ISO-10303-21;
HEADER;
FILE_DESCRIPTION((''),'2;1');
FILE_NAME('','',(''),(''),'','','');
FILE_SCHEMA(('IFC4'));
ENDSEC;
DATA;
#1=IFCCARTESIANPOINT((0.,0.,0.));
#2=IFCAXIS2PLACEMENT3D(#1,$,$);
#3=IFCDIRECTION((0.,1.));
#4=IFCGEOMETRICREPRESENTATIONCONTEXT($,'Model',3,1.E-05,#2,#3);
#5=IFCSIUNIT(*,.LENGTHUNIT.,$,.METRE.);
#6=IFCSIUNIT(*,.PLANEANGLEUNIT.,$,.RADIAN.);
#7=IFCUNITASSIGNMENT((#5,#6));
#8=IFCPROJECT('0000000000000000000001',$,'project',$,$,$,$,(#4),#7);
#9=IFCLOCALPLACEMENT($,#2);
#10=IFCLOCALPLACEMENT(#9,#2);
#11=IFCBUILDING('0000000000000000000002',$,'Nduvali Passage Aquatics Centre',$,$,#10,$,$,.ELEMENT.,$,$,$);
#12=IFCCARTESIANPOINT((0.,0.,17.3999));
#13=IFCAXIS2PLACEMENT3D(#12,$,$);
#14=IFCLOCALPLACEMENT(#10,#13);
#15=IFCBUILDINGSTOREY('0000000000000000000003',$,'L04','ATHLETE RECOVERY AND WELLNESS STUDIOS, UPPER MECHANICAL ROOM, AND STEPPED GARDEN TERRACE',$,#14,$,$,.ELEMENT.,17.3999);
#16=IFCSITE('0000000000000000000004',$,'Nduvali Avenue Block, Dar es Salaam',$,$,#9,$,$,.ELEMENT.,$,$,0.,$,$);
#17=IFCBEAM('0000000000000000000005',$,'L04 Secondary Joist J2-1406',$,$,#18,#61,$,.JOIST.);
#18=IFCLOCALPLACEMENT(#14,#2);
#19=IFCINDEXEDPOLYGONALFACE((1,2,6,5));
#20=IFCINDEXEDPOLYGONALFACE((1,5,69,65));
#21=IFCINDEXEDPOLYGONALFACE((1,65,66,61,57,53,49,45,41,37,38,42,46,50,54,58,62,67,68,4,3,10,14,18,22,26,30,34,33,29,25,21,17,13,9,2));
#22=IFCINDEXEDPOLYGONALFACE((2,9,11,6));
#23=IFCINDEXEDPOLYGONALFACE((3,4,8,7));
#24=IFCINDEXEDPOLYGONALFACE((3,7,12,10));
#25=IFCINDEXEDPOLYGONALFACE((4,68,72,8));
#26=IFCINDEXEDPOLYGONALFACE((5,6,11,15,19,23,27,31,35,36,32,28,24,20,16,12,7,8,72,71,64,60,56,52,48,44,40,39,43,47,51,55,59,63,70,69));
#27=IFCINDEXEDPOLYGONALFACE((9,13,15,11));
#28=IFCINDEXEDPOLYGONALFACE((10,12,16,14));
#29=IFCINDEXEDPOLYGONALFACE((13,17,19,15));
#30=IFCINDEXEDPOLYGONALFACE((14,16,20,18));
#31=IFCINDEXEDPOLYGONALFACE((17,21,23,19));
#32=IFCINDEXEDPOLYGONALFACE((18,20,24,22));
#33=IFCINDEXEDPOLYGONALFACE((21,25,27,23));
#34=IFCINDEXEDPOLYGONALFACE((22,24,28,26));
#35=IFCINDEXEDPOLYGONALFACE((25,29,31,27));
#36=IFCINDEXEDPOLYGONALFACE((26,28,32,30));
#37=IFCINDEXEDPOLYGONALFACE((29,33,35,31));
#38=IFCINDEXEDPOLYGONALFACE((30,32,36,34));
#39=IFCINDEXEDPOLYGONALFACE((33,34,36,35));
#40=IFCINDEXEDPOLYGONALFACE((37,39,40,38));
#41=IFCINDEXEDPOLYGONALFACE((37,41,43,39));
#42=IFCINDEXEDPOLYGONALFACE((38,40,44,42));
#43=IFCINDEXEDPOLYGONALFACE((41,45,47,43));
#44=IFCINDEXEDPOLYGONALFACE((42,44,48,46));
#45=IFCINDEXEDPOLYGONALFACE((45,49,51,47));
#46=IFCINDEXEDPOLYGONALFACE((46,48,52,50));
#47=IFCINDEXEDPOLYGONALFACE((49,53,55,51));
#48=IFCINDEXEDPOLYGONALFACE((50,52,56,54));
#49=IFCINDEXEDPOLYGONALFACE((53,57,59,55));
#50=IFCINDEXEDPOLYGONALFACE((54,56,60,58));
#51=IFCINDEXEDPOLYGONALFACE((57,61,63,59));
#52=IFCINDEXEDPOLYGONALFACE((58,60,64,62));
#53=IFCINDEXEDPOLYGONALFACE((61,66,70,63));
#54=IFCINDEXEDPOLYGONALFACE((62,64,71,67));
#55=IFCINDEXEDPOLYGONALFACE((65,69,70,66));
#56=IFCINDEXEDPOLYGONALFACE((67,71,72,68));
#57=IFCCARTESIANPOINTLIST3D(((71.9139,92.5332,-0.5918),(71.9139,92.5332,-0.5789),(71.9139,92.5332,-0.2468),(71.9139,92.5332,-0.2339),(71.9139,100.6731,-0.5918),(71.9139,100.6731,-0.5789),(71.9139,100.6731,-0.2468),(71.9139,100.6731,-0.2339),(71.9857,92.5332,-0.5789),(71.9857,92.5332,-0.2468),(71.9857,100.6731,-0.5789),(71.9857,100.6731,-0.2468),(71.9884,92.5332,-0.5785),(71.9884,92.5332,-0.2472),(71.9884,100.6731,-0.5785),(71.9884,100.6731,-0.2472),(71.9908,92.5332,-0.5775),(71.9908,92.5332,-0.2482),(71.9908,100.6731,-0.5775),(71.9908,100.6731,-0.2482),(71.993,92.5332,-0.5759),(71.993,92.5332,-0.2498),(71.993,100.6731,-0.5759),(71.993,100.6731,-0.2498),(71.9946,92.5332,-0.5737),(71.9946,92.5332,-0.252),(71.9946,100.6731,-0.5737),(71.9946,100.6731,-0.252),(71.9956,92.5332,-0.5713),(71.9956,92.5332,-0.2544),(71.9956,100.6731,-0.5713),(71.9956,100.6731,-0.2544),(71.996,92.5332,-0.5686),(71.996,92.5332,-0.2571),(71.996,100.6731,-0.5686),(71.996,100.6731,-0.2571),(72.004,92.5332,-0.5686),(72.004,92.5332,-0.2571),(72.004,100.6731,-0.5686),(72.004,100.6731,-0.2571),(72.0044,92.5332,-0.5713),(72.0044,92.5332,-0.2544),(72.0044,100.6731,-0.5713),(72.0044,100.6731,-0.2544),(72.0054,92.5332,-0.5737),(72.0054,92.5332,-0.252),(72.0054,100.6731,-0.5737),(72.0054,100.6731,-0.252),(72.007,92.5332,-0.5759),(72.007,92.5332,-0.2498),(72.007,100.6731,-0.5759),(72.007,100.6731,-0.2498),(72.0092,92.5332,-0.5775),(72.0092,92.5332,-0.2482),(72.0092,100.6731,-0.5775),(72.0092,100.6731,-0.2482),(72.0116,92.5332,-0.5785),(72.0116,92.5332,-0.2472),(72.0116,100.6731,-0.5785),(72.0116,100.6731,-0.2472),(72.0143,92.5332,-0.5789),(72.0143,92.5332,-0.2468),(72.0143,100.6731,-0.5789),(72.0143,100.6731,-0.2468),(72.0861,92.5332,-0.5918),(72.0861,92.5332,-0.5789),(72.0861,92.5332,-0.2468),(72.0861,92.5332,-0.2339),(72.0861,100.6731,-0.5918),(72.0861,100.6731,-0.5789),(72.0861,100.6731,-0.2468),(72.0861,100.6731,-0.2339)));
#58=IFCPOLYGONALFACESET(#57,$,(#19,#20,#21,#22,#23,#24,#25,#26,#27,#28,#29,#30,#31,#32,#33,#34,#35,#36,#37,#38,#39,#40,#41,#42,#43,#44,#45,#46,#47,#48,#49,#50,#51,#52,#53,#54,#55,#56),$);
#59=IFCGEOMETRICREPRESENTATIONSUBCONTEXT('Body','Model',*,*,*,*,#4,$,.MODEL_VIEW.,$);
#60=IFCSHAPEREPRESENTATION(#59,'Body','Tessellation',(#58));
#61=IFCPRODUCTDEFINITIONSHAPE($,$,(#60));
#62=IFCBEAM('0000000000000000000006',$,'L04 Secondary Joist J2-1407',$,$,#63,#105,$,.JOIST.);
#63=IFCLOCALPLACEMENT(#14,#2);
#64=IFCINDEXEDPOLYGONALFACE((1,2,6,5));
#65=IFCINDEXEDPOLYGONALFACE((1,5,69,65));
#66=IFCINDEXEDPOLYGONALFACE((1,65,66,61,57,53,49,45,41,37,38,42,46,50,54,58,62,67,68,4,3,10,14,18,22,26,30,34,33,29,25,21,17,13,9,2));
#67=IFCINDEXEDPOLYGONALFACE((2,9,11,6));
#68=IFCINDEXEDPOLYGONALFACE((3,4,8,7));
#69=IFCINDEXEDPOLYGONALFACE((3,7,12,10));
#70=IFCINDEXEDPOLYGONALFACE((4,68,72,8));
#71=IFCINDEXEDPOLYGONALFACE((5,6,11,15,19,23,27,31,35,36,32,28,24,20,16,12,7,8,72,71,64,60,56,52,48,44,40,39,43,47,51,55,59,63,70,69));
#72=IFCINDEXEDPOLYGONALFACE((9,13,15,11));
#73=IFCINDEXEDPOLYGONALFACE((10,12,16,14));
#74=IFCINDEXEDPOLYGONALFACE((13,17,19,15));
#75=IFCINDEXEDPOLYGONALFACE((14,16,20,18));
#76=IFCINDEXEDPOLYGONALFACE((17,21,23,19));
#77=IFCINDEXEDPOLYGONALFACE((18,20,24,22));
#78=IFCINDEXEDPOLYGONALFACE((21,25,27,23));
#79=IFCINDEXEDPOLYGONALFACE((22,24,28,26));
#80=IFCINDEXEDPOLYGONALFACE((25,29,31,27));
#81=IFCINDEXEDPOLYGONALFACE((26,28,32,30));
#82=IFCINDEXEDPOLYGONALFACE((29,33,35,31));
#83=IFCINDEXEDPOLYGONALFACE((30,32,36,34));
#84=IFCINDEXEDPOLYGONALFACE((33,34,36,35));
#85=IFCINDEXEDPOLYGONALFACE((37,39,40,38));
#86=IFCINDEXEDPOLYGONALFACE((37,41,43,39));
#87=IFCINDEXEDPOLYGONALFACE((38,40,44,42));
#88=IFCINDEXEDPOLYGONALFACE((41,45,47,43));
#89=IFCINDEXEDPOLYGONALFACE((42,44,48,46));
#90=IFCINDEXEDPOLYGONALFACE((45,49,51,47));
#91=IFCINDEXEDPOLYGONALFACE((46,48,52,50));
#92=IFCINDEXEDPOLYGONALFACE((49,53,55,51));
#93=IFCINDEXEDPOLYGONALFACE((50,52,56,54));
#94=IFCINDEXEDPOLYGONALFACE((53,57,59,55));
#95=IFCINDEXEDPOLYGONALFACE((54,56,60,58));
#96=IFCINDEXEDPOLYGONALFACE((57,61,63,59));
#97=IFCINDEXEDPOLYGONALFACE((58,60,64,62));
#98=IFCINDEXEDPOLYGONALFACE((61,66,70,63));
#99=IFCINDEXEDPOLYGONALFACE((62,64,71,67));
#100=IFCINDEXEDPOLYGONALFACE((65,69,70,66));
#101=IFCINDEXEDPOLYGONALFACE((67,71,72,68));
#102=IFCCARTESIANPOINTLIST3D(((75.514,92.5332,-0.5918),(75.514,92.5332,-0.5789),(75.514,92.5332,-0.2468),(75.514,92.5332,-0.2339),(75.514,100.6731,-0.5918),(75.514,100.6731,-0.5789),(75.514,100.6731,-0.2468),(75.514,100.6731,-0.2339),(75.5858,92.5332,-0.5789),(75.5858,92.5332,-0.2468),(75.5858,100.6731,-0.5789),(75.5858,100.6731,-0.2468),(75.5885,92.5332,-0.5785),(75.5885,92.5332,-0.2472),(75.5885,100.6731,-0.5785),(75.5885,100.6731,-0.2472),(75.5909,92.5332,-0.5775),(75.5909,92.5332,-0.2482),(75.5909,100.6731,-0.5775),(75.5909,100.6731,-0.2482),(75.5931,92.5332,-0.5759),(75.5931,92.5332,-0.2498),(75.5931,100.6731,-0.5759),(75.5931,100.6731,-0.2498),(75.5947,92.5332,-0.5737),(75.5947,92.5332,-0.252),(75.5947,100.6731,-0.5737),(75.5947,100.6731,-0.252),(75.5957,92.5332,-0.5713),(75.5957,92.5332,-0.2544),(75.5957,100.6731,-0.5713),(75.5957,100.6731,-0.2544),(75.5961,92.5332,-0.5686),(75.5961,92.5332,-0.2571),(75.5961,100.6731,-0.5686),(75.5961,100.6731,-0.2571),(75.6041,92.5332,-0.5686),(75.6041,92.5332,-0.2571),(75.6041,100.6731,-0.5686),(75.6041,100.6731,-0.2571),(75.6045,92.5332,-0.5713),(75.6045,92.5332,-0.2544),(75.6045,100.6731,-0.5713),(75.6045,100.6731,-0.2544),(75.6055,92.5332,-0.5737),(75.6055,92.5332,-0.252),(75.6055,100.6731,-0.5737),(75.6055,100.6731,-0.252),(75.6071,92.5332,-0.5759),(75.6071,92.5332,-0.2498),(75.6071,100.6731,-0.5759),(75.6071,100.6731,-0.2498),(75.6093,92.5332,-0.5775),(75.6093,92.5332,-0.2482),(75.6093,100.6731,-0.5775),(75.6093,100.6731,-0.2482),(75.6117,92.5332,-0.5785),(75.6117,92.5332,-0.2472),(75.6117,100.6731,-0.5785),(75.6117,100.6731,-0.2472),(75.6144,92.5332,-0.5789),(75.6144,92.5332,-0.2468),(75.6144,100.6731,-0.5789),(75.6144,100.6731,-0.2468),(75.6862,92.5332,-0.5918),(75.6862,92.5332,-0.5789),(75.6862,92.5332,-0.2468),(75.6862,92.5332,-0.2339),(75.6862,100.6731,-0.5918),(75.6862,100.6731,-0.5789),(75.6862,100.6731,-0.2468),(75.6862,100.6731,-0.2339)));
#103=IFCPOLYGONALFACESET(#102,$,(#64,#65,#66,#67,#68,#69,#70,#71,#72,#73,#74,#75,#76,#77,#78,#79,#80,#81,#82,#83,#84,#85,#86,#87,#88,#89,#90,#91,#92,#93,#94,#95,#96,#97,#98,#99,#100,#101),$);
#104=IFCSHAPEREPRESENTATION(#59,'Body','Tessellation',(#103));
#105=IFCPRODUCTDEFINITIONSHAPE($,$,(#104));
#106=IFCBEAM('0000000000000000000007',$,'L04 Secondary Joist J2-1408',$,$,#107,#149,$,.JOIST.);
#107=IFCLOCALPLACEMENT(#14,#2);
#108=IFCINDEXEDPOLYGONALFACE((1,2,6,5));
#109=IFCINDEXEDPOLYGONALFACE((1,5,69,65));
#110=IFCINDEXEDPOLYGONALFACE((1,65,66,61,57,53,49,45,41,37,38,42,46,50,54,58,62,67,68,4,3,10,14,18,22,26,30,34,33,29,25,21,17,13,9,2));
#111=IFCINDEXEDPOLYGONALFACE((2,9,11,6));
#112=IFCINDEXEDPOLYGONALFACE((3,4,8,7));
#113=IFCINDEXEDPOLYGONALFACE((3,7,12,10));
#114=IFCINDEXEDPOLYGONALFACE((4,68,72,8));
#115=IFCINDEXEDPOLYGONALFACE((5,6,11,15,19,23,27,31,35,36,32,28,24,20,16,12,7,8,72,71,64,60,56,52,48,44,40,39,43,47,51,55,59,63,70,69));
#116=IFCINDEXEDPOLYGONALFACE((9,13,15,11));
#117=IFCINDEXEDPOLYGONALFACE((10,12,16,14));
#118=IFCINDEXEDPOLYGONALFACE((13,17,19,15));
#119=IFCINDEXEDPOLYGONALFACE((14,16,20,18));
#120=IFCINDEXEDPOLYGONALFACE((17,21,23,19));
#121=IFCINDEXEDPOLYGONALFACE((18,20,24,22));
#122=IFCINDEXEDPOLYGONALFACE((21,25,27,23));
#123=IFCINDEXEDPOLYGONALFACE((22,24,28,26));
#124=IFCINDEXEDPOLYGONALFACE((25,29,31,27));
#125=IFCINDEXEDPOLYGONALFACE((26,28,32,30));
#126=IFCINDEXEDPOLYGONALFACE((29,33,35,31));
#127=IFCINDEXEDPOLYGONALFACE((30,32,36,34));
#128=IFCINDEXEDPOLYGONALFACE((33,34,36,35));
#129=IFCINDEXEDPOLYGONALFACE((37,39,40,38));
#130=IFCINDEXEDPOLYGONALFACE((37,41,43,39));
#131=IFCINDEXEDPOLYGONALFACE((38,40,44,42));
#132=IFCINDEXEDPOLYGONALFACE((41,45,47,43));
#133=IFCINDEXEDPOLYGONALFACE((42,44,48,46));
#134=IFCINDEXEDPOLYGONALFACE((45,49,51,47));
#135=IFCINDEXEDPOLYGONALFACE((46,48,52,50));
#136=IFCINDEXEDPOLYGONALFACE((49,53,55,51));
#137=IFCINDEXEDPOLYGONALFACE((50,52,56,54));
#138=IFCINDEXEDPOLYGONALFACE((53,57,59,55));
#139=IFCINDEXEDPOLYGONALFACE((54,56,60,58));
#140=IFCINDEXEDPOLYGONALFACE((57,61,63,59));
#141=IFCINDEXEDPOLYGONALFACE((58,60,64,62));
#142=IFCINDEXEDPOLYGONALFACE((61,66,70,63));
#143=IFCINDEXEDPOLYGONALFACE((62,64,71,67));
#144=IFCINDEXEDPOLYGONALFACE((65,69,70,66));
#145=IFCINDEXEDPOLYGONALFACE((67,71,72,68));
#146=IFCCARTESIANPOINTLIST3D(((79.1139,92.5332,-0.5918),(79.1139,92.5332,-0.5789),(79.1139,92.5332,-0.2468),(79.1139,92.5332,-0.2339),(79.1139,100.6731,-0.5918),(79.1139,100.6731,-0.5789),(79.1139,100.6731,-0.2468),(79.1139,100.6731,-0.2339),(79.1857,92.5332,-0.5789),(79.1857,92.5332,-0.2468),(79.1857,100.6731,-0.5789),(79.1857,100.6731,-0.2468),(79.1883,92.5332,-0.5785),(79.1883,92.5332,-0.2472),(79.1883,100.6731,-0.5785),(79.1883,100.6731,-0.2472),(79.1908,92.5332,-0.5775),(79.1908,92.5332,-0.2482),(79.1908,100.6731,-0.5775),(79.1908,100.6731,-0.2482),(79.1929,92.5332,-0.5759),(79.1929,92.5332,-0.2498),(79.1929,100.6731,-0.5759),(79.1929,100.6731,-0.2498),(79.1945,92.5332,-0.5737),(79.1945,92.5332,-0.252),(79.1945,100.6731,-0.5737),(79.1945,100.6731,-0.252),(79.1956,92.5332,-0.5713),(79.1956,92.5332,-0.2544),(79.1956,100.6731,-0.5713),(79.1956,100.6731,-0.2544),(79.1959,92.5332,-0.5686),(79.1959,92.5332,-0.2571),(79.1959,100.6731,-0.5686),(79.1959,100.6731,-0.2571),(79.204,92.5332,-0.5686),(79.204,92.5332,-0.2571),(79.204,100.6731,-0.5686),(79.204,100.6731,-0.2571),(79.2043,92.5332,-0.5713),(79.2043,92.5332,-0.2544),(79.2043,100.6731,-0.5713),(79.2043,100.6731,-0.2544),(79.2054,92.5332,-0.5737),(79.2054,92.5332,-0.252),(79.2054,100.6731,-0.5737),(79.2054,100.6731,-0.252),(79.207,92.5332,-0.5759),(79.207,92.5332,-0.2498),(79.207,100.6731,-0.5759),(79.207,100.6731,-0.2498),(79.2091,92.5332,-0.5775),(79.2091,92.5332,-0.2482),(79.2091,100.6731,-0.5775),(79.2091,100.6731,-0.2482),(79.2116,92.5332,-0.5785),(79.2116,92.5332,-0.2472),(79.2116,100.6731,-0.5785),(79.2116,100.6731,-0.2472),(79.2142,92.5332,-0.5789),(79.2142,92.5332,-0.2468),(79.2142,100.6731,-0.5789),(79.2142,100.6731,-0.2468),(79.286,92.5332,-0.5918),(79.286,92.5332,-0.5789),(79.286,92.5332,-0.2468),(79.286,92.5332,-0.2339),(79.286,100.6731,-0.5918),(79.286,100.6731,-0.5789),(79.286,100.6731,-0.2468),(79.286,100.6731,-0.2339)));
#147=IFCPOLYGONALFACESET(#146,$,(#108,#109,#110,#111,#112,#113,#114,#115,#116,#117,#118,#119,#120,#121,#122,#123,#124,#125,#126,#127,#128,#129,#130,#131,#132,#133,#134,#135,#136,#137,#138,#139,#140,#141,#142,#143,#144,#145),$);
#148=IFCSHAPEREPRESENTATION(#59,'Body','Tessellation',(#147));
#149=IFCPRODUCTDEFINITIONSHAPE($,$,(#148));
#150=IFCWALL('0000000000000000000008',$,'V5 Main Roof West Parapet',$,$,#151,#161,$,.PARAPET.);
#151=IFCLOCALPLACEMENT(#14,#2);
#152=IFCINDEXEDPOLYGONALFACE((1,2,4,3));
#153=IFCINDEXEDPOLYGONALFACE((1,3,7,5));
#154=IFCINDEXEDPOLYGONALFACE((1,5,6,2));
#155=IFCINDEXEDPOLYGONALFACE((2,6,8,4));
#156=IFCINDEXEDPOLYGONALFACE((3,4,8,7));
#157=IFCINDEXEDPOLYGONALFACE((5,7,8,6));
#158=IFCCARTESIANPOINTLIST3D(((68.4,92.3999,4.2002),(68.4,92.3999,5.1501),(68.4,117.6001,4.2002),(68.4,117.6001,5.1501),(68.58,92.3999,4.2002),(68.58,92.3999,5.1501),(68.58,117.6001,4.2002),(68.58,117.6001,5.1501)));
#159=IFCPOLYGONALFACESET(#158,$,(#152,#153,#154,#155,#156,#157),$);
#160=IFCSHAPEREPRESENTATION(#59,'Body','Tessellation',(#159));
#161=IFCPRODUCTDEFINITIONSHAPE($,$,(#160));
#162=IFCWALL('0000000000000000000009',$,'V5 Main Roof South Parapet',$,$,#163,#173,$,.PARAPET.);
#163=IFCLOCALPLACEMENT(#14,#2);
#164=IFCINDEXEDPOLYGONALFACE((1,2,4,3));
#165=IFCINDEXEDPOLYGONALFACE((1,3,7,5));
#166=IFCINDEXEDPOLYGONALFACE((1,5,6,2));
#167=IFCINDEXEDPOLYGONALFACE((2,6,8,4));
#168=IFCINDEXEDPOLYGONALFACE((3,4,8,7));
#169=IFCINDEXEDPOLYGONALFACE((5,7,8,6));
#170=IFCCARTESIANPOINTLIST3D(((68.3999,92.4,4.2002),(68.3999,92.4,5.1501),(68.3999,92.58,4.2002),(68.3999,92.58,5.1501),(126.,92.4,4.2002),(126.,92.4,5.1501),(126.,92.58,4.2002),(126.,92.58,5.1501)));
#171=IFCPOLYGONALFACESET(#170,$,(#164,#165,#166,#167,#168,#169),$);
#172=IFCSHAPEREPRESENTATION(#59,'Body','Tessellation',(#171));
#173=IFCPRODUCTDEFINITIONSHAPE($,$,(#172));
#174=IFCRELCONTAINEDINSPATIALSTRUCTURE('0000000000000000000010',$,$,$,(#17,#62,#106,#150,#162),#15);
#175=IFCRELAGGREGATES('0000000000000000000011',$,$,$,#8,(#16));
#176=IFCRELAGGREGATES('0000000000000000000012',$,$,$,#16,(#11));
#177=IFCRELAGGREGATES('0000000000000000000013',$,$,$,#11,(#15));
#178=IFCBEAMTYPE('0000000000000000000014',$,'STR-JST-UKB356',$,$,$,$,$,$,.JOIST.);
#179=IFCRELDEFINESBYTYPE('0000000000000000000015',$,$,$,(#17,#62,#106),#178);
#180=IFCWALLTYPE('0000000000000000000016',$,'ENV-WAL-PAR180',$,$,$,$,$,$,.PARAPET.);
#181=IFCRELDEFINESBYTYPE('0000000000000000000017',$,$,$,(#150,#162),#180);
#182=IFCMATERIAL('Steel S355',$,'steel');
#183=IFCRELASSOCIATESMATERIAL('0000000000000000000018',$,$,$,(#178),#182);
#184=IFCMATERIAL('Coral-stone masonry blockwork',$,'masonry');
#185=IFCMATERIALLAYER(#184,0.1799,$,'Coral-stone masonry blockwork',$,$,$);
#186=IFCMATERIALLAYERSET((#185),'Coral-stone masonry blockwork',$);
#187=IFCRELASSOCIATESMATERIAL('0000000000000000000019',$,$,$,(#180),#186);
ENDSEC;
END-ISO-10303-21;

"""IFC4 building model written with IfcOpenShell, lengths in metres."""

from ifc_helpers import new_model, si_unit, direction, frame, frame_2d, origin, origin_2d, place, context, subcontext, project, spatial, rectangle, i_section, extrude, material, layer, layer_set, material_profile, profile_set, type_object, element, save


model = new_model("IFC4")

# Units and contexts
model_context = context("Model", 3, precision=1e-05, world=origin(), true_north=direction((0.0, 1.0)))
body_context = subcontext(model_context, "Body", "Model", "MODEL_VIEW")
ifc_project = project(units=[si_unit("LENGTHUNIT", "METRE"), si_unit("PLANEANGLEUNIT", "RADIAN")], contexts=[model_context])

# Site, building, storey
site_placement = place(None, origin())
site = spatial("IfcSite", under=ifc_project, at=site_placement, Name="Nduvali Avenue Block, Dar es Salaam", CompositionType="ELEMENT", RefElevation=0.0)
building_placement = place(site_placement, origin())
building = spatial("IfcBuilding", under=site, at=building_placement, Name="Nduvali Passage Aquatics Centre", CompositionType="ELEMENT")
storey_placement = place(building_placement, frame((0.0, 0.0, 17.3999)))
storey = spatial("IfcBuildingStorey", under=building, at=storey_placement, Name="L04", Description="ATHLETE RECOVERY AND WELLNESS STUDIOS, UPPER MECHANICAL ROOM, AND STEPPED GARDEN TERRACE", CompositionType="ELEMENT", Elevation=17.3999)

# Beams
ifc_material_1 = material(Name="Steel S355", Category="steel")
ifc_material_profile_1 = material_profile(ifc_material_1, i_section(OverallWidth=0.1721, OverallDepth=0.3579, WebThickness=0.0081, FlangeThickness=0.0129, FilletRadius=0.0103, at=origin_2d()), Name="UKB 356x171x57")
ifc_profile_set_1 = profile_set([ifc_material_profile_1], Name="Steel S355")
beam_type_1 = type_object("IfcBeamType", Name="STR-JST-UKB356", PredefinedType="JOIST", material=ifc_profile_set_1)
for number, where, z_axis, x_axis, name in (
    (1, (72.0, 92.5332, -0.4128), (0.0, 1.0, 0.0), (-1.0, 0.0, 0.0), "L04 Secondary Joist J2-1406"),
    (2, (75.6001, 92.5332, -0.4128), (0.0, 1.0, 0.0), (-1.0, 0.0, 0.0), "L04 Secondary Joist J2-1407"),
    (3, (79.2, 92.5332, -0.4128), (0.0, 1.0, 0.0), (-1.0, 0.0, 0.0), "L04 Secondary Joist J2-1408"),
):
    element("IfcBeam", number, at=place(storey_placement, frame(where, z_axis=z_axis, x_axis=x_axis)), inside=storey, type_object=beam_type_1, Name=name, PredefinedType="JOIST", context=body_context, shape_type="SweptSolid", body=[
        extrude(i_section(OverallWidth=0.1721, OverallDepth=0.3579, WebThickness=0.0081, FlangeThickness=0.0129, FilletRadius=0.0103, at=origin_2d()), origin(), (0.0, 0.0, 1.0), 8.1399),
    ])

# Walls
ifc_material_2 = material(Name="Coral-stone masonry blockwork", Category="masonry")
ifc_layer_1 = layer(ifc_material_2, 0.1799, Name="Coral-stone masonry blockwork")
ifc_layer_set_1 = layer_set([ifc_layer_1], Name="Coral-stone masonry blockwork")
wall_type_1 = type_object("IfcWallType", Name="ENV-WAL-PAR180", PredefinedType="PARAPET", material=ifc_layer_set_1)
wall_1_placement = place(storey_placement, frame((68.49, 92.3999, 4.2002), z_axis=(0.0, 0.0, 1.0), x_axis=(0.0, 1.0, 0.0)))
element("IfcWall", 4, at=wall_1_placement, inside=storey, type_object=wall_type_1, Name="V5 Main Roof West Parapet", PredefinedType="PARAPET", context=body_context, shape_type="SweptSolid", body=[
    extrude(rectangle(XDim=25.2002, YDim=0.1799, at=frame_2d((12.6001, 0.0))), origin(), (0.0, 0.0, 1.0), 0.95),
])
wall_2_placement = place(storey_placement, frame((68.3999, 92.49, 4.2002), z_axis=(0.0, 0.0, 1.0), x_axis=(1.0, 0.0, 0.0)))
element("IfcWall", 5, at=wall_2_placement, inside=storey, type_object=wall_type_1, Name="V5 Main Roof South Parapet", PredefinedType="PARAPET", context=body_context, shape_type="SweptSolid", body=[
    extrude(rectangle(XDim=57.6001, YDim=0.1799, at=frame_2d((28.8, 0.0))), origin(), (0.0, 0.0, 1.0), 0.95),
])

save(model, "model.ifc")
